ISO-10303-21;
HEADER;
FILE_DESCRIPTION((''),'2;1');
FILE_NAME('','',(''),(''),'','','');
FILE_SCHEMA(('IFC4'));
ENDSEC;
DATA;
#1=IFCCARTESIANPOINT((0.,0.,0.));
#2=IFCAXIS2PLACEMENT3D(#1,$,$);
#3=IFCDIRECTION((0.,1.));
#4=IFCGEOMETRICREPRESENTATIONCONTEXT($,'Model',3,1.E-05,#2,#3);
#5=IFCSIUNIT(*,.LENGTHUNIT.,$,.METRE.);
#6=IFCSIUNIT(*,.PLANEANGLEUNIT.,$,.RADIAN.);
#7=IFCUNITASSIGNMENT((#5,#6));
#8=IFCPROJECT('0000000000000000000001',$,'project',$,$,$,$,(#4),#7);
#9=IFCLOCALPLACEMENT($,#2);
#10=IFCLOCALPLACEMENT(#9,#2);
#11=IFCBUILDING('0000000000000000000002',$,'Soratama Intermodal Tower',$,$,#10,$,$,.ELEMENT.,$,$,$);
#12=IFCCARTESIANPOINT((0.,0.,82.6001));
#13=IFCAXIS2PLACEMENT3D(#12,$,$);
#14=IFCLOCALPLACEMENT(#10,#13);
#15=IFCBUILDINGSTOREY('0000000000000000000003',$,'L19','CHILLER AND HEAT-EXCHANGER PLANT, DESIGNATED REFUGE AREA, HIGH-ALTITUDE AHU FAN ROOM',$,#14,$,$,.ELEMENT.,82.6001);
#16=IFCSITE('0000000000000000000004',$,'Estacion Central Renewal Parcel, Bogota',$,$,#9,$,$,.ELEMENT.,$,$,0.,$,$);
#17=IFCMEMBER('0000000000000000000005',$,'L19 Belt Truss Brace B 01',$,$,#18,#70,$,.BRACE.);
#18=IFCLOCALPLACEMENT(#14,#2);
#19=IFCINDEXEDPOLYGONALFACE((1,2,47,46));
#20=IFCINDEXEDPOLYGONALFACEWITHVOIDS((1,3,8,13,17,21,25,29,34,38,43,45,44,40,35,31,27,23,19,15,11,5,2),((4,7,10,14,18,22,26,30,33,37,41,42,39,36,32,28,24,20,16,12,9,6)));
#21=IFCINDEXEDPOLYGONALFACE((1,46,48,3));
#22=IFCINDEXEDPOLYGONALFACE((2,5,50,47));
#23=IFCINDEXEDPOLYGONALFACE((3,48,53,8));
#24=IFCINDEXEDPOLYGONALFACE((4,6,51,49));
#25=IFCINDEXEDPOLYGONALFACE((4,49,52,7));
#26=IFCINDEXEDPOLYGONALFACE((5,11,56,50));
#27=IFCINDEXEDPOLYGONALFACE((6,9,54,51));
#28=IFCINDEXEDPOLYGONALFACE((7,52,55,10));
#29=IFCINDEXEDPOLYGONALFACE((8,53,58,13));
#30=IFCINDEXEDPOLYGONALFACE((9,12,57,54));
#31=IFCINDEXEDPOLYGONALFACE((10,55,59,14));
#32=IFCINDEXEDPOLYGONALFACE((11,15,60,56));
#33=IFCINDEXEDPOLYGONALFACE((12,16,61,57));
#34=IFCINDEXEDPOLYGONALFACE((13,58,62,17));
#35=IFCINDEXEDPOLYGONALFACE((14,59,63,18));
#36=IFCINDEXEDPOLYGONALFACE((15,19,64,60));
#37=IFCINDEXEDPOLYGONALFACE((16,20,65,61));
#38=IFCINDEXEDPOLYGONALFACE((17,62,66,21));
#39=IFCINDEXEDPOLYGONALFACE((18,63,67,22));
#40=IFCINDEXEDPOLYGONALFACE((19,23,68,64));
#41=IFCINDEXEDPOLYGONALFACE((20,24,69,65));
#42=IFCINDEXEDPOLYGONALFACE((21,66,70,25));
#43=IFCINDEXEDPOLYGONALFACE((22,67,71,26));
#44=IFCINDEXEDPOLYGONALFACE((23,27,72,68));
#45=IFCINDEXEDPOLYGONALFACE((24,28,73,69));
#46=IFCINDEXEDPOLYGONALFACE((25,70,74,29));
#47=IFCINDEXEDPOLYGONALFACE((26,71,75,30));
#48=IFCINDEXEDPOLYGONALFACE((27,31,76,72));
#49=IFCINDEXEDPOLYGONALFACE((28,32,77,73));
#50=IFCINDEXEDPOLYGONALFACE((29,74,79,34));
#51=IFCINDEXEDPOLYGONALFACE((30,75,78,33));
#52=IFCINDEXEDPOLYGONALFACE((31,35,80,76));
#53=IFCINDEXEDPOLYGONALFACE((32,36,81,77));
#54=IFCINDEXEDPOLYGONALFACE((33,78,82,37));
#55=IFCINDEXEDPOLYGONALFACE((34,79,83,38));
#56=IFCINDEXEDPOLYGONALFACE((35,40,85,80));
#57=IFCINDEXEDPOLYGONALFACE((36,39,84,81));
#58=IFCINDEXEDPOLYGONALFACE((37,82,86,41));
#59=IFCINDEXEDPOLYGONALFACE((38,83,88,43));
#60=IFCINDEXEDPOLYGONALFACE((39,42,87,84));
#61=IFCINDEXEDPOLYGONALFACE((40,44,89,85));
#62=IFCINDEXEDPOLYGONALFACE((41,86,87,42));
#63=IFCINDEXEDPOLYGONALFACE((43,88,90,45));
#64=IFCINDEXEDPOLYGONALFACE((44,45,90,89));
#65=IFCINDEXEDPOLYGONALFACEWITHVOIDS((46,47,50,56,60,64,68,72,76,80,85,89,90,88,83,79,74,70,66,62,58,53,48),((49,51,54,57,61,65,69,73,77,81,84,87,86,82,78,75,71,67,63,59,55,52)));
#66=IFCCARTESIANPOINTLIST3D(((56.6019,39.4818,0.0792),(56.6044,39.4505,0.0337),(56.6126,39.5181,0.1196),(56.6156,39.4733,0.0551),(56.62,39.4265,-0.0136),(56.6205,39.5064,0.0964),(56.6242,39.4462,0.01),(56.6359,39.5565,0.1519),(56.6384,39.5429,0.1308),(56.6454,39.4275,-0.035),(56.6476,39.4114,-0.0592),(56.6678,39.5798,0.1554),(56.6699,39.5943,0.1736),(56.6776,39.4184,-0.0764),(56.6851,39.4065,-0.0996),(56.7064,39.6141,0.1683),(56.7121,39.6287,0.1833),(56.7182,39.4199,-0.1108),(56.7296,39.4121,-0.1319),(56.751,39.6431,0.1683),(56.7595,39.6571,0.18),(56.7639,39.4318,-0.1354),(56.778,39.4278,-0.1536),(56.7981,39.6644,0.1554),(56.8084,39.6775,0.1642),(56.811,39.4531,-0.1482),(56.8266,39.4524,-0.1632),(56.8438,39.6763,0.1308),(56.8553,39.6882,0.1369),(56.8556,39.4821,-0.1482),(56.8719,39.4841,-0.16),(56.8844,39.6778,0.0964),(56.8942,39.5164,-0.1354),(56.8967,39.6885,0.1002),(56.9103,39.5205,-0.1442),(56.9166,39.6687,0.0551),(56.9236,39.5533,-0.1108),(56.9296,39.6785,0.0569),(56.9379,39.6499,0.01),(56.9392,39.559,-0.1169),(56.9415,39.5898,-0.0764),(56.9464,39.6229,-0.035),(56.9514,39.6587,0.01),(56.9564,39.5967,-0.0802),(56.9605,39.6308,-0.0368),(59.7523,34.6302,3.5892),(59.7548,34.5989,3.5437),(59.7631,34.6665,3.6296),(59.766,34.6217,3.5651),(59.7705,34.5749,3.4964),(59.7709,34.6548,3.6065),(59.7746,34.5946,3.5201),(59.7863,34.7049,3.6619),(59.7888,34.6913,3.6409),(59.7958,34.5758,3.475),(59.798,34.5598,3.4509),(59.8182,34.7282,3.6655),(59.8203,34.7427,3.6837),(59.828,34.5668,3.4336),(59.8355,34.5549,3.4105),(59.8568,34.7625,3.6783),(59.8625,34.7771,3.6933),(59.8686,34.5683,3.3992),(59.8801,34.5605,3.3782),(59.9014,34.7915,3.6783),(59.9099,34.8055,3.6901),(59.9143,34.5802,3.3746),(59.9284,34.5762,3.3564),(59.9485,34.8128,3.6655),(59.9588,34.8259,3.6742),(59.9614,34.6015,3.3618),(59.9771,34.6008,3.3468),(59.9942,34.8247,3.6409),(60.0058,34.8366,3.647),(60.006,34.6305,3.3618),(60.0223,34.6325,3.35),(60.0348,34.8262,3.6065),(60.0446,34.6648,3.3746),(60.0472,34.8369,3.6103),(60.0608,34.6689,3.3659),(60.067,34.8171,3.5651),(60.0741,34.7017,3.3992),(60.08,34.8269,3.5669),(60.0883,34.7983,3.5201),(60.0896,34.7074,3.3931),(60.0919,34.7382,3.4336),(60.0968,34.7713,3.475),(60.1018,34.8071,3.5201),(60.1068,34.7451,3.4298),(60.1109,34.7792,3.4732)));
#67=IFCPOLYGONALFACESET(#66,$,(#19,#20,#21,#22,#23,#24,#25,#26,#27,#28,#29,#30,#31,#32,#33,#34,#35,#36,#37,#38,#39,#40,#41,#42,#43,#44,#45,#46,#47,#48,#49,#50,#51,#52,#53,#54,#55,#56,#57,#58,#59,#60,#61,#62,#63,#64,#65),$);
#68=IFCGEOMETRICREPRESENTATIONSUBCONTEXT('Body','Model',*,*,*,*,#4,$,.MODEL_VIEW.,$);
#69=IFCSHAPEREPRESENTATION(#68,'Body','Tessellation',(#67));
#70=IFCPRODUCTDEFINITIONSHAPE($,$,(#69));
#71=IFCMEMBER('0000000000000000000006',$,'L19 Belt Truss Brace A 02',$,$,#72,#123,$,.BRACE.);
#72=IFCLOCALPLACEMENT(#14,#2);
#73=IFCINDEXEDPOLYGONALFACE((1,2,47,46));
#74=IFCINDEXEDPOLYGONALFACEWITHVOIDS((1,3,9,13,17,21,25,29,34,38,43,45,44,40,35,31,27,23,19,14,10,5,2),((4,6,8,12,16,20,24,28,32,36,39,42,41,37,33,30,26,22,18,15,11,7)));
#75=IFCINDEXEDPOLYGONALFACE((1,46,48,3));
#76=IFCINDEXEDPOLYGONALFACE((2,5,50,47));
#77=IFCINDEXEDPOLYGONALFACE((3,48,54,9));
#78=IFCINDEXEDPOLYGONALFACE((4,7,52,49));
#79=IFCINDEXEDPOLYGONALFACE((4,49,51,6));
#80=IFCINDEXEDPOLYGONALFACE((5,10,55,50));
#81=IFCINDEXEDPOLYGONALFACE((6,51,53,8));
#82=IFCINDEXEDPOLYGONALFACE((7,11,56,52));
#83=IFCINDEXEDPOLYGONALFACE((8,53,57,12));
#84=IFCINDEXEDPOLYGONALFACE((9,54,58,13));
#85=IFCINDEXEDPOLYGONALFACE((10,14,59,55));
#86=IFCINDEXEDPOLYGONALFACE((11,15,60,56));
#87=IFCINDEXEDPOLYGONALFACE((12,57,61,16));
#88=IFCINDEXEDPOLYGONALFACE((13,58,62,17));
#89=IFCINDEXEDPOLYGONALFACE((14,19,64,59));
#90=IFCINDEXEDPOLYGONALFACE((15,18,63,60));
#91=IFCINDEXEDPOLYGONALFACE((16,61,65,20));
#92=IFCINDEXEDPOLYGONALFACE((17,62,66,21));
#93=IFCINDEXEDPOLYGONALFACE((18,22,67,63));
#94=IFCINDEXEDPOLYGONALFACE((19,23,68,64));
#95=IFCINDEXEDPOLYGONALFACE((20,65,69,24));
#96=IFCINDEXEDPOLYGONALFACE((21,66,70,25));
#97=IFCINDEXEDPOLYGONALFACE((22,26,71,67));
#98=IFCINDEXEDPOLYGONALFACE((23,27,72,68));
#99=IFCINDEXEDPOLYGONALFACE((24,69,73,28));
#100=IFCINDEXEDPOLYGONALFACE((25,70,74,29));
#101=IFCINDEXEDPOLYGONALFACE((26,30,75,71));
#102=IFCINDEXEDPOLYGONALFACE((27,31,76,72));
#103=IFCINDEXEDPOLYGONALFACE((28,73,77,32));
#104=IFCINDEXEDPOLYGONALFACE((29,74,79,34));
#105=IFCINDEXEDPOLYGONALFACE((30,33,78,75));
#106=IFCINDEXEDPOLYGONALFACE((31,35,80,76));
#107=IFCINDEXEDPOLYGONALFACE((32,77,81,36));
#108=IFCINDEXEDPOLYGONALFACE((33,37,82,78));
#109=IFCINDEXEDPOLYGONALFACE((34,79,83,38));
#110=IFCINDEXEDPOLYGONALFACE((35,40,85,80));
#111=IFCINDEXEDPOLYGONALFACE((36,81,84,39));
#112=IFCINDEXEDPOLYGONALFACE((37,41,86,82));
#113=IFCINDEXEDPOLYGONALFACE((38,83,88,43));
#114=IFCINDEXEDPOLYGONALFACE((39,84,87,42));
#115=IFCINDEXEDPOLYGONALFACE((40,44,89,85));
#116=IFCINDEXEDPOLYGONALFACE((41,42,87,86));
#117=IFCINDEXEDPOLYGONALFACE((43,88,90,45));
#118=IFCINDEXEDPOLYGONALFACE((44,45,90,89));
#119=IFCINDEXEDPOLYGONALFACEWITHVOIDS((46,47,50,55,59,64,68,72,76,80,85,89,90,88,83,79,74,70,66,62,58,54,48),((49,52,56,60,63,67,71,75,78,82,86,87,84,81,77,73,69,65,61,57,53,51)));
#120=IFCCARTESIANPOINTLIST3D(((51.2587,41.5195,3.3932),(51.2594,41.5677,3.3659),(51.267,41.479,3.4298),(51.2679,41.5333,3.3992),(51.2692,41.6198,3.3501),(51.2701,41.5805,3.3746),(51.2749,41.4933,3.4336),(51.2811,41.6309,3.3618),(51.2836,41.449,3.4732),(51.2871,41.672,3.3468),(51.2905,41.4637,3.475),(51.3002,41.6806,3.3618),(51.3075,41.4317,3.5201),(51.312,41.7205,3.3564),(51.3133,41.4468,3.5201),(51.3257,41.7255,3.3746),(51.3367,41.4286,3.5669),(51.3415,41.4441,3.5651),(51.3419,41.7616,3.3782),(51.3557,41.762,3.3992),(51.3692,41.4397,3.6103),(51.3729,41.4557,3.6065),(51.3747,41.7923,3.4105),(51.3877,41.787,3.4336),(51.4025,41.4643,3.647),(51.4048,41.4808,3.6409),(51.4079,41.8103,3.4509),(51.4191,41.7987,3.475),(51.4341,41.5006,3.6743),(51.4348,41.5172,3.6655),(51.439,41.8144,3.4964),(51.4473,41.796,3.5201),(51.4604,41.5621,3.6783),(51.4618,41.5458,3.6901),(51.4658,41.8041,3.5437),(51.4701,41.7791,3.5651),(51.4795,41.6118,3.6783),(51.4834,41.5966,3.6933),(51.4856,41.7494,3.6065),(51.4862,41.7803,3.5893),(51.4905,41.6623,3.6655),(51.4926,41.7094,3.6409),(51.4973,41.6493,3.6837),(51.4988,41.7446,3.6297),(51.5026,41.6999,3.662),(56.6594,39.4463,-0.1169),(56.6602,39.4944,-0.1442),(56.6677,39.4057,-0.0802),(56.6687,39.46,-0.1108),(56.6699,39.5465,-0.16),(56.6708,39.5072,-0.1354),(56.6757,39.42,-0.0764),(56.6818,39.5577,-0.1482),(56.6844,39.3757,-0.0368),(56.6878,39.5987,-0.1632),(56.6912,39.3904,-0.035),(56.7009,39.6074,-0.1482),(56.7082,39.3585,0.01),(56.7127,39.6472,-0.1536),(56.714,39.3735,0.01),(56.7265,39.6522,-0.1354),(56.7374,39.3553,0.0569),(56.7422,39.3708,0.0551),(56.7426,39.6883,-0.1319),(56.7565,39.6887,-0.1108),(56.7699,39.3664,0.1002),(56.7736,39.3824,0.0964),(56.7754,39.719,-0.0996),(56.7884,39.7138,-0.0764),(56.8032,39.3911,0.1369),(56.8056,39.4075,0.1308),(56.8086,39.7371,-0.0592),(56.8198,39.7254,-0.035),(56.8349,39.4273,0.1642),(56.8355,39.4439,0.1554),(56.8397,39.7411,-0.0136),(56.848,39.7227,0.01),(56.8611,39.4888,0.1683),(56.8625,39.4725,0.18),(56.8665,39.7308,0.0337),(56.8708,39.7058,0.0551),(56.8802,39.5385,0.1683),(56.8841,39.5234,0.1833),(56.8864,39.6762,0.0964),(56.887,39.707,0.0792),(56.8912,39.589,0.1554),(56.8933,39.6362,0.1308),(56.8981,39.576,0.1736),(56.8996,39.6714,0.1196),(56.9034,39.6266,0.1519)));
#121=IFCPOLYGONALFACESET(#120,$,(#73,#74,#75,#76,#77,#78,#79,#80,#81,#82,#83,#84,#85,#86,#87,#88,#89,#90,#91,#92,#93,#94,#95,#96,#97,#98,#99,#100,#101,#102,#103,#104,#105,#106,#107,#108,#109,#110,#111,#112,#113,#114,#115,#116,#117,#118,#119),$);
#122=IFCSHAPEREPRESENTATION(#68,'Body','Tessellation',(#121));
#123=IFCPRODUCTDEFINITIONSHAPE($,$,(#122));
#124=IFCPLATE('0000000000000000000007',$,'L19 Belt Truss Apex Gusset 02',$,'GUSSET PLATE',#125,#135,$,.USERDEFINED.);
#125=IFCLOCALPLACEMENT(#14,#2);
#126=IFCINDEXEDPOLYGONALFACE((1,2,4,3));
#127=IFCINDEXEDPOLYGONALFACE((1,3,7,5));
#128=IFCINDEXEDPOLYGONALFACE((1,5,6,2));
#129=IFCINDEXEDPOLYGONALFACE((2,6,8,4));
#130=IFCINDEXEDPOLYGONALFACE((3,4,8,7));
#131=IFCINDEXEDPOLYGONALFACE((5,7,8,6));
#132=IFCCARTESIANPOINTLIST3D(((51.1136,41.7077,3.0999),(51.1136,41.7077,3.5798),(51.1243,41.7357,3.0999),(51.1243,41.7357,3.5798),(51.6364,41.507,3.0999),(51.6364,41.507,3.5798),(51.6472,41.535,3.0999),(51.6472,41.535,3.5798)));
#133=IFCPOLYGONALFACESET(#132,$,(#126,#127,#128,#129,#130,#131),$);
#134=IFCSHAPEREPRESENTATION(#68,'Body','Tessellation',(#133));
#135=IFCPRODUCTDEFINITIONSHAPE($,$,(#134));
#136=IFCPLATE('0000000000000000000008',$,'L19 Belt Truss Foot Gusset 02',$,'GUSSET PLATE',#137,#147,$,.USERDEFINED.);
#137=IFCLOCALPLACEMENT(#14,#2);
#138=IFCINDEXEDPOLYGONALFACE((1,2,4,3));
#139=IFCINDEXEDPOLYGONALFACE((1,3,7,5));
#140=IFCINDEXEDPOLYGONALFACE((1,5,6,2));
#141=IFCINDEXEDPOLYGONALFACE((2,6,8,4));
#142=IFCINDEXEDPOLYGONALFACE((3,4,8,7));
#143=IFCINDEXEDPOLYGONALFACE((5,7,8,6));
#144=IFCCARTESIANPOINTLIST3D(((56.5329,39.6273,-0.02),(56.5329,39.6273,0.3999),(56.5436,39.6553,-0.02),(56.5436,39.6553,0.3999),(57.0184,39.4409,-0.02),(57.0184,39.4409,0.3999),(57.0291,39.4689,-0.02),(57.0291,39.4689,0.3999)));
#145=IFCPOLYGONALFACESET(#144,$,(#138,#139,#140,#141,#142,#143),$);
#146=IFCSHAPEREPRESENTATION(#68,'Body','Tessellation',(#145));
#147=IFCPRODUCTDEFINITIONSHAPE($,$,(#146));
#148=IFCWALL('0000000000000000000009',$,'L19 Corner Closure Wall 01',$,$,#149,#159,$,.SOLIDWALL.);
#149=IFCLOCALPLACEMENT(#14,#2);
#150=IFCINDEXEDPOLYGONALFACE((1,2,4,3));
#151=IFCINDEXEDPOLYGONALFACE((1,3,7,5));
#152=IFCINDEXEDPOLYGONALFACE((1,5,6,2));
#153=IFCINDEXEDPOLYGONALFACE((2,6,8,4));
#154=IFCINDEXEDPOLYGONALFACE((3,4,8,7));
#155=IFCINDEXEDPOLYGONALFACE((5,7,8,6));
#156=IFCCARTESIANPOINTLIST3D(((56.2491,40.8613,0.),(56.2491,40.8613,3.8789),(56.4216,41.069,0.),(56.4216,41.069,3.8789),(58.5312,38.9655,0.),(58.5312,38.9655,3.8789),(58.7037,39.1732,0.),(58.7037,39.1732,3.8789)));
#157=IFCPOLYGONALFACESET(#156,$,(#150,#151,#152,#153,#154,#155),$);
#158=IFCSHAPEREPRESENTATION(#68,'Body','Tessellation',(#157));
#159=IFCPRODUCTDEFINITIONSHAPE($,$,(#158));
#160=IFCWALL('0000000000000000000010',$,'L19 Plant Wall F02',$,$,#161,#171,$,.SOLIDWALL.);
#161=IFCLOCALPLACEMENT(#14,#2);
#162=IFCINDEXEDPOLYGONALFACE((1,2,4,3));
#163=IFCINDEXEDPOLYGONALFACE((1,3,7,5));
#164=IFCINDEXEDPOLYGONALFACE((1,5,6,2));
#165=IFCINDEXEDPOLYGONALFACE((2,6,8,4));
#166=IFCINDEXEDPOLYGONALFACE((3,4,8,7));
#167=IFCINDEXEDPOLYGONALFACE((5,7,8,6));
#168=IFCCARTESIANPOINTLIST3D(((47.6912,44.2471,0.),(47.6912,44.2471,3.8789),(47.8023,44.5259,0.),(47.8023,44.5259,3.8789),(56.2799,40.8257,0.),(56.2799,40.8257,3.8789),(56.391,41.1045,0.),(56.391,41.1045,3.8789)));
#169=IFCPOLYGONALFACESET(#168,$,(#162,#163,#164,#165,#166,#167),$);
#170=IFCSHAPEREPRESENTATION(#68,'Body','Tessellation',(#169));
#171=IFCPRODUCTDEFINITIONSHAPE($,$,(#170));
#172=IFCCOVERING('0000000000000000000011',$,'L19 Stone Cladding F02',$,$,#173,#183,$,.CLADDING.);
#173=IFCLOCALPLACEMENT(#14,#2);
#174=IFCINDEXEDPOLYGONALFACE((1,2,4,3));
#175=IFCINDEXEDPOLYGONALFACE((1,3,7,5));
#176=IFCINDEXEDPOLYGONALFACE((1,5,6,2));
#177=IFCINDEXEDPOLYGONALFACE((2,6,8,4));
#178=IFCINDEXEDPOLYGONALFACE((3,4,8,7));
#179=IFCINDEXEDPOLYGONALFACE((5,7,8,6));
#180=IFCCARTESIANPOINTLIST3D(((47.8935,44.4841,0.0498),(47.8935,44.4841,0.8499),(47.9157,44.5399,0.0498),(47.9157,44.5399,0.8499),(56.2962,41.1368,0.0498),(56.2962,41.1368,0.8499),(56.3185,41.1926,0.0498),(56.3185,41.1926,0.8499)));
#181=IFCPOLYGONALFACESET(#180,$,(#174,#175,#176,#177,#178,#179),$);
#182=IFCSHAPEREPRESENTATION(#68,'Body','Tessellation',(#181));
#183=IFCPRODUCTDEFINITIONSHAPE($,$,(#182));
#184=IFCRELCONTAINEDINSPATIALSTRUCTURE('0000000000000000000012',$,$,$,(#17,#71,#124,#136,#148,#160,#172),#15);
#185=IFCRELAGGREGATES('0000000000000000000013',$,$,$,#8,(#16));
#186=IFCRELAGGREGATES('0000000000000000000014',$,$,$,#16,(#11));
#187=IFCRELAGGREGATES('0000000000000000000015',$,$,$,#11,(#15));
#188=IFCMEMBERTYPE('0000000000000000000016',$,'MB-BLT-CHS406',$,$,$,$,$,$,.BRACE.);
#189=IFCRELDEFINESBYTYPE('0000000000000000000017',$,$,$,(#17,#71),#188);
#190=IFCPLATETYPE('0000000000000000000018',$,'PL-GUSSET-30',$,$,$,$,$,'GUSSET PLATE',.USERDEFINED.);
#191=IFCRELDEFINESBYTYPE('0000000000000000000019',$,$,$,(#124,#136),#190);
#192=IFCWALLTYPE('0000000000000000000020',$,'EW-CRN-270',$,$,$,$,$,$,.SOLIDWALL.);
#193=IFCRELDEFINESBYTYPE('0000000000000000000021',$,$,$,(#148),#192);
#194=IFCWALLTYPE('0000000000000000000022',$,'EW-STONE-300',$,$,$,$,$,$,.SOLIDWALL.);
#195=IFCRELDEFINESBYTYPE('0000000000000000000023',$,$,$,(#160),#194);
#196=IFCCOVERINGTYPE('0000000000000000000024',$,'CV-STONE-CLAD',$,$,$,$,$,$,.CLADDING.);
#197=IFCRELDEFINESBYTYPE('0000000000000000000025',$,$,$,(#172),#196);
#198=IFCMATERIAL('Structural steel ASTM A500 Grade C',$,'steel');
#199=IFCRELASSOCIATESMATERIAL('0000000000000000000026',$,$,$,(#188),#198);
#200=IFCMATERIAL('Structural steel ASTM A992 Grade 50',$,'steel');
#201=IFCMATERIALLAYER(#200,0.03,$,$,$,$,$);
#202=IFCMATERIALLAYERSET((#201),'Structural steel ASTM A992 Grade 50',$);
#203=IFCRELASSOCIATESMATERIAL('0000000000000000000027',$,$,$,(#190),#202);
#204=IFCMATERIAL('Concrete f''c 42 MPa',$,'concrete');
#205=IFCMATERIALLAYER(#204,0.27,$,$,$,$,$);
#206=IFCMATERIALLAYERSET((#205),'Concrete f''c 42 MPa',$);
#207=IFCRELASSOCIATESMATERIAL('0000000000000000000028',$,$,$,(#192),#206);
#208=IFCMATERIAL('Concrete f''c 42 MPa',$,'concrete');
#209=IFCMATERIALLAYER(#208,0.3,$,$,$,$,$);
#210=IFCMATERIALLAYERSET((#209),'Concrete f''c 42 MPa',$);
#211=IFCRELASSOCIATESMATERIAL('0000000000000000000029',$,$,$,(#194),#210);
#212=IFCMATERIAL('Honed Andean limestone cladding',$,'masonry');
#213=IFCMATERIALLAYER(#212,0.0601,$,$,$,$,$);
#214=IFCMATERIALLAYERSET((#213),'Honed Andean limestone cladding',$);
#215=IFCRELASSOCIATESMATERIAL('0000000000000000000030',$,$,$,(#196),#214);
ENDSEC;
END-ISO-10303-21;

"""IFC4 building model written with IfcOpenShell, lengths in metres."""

from ifc_helpers import new_model, si_unit, direction, frame, frame_2d, origin, origin_2d, place, context, subcontext, project, spatial, rectangle, hollow_circle, extrude, material, layer, layer_set, material_profile, profile_set, type_object, element, save


model = new_model("IFC4")

# Units and contexts
model_context = context("Model", 3, precision=1e-05, world=origin(), true_north=direction((0.0, 1.0)))
body_context = subcontext(model_context, "Body", "Model", "MODEL_VIEW")
ifc_project = project(units=[si_unit("LENGTHUNIT", "METRE"), si_unit("PLANEANGLEUNIT", "RADIAN")], contexts=[model_context])

# Site, building, storey
site_placement = place(None, origin())
site = spatial("IfcSite", under=ifc_project, at=site_placement, Name="Estacion Central Renewal Parcel, Bogota", CompositionType="ELEMENT", RefElevation=0.0)
building_placement = place(site_placement, origin())
building = spatial("IfcBuilding", under=site, at=building_placement, Name="Soratama Intermodal Tower", CompositionType="ELEMENT")
storey_placement = place(building_placement, frame((0.0, 0.0, 82.6001)))
storey = spatial("IfcBuildingStorey", under=building, at=storey_placement, Name="L19", Description="CHILLER AND HEAT-EXCHANGER PLANT, DESIGNATED REFUGE AREA, HIGH-ALTITUDE AHU FAN ROOM", CompositionType="ELEMENT", Elevation=82.6001)

# Members
ifc_material_1 = material(Name="Structural steel ASTM A500 Grade C", Category="steel")
ifc_material_profile_1 = material_profile(ifc_material_1, hollow_circle(Radius=0.2031, WallThickness=0.0161, at=origin_2d()), Name="CHS406X16")
ifc_profile_set_1 = profile_set([ifc_material_profile_1], Name="Structural steel ASTM A500 Grade C")
member_type = type_object("IfcMemberType", Name="MB-BLT-CHS406", PredefinedType="BRACE", material=ifc_profile_set_1)
member_1_placement = place(storey_placement, frame((56.781, 39.5481, 0.01), z_axis=(0.4656, -0.717019, 0.518749), x_axis=(0.83869, 0.544609, 0.0)))
element("IfcMember", 1, at=member_1_placement, inside=storey, type_object=member_type, Name="L19 Belt Truss Brace B 01", PredefinedType="BRACE", context=body_context, shape_type="SweptSolid", body=[
    extrude(hollow_circle(Radius=0.2031, WallThickness=0.0161, at=origin_2d()), origin(), (0.0, 0.0, 1.0), 6.7664),
])
member_2_placement = place(storey_placement, frame((56.781, 39.5481, 0.01), z_axis=(-0.798144, 0.306399, 0.518734), x_axis=(-0.358388, -0.933573, 0.0)))
element("IfcMember", 2, at=member_2_placement, inside=storey, type_object=member_type, Name="L19 Belt Truss Brace A 02", PredefinedType="BRACE", context=body_context, shape_type="SweptSolid", body=[
    extrude(hollow_circle(Radius=0.2031, WallThickness=0.0161, at=origin_2d()), origin(), (0.0, 0.0, 1.0), 6.7666),
])

# Plates
ifc_material_2 = material(Name="Structural steel ASTM A992 Grade 50", Category="steel")
ifc_layer_1 = layer(ifc_material_2, 0.03)
ifc_layer_set_1 = layer_set([ifc_layer_1], Name="Structural steel ASTM A992 Grade 50")
plate_type = type_object("IfcPlateType", Name="PL-GUSSET-30", ElementType="GUSSET PLATE", PredefinedType="USERDEFINED", material=ifc_layer_set_1)
plate_1_placement = place(storey_placement, frame((51.3804, 41.6213, 3.0999), z_axis=(0.0, 0.0, 1.0), x_axis=(-0.93358, 0.358368, 0.0)))
element("IfcPlate", 3, at=plate_1_placement, inside=storey, type_object=plate_type, Name="L19 Belt Truss Apex Gusset 02", ObjectType="GUSSET PLATE", PredefinedType="USERDEFINED", context=body_context, shape_type="SweptSolid", body=[
    extrude(rectangle(XDim=0.5601, YDim=0.03, at=origin_2d()), origin(), (0.0, 0.0, 1.0), 0.48),
])
plate_2_placement = place(storey_placement, frame((56.781, 39.5481, -0.02), z_axis=(0.0, 0.0, 1.0), x_axis=(-0.93358, 0.358368, 0.0)))
element("IfcPlate", 4, at=plate_2_placement, inside=storey, type_object=plate_type, Name="L19 Belt Truss Foot Gusset 02", ObjectType="GUSSET PLATE", PredefinedType="USERDEFINED", context=body_context, shape_type="SweptSolid", body=[
    extrude(rectangle(XDim=0.52, YDim=0.03, at=origin_2d()), origin(), (0.0, 0.0, 1.0), 0.4199),
])

# Walls
ifc_material_3 = material(Name="Concrete f'c 42 MPa", Category="concrete")
ifc_layer_2 = layer(ifc_material_3, 0.27)
ifc_layer_set_2 = layer_set([ifc_layer_2], Name="Concrete f'c 42 MPa")
wall_type_1 = type_object("IfcWallType", Name="EW-CRN-270", PredefinedType="SOLIDWALL", material=ifc_layer_set_2)
wall_1_placement = place(storey_placement, frame((58.6174, 39.0693, 0.0), z_axis=(0.0, 0.0, 1.0), x_axis=(-0.769198, 0.63901, 0.0)))
element("IfcWall", 5, at=wall_1_placement, inside=storey, type_object=wall_type_1, Name="L19 Corner Closure Wall 01", PredefinedType="SOLIDWALL", context=body_context, shape_type="SweptSolid", body=[
    extrude(rectangle(XDim=2.9668, YDim=0.27, at=frame_2d((1.4834, 0.0))), origin(), (0.0, 0.0, 1.0), 3.8789),
])
ifc_material_4 = material(Name="Concrete f'c 42 MPa", Category="concrete")
ifc_layer_3 = layer(ifc_material_4, 0.3)
ifc_layer_set_3 = layer_set([ifc_layer_3], Name="Concrete f'c 42 MPa")
wall_type_2 = type_object("IfcWallType", Name="EW-STONE-300", PredefinedType="SOLIDWALL", material=ifc_layer_set_3)
wall_2_placement = place(storey_placement, frame((56.3354, 40.9651, 0.0), z_axis=(0.0, 0.0, 1.0), x_axis=(-0.929, 0.370079, 0.0)))
element("IfcWall", 6, at=wall_2_placement, inside=storey, type_object=wall_type_2, Name="L19 Plant Wall F02", PredefinedType="SOLIDWALL", context=body_context, shape_type="SweptSolid", body=[
    extrude(rectangle(XDim=9.2451, YDim=0.3, at=frame_2d((4.6226, 0.0))), origin(), (0.0, 0.0, 1.0), 3.8789),
])

# Covering
ifc_material_5 = material(Name="Honed Andean limestone cladding", Category="masonry")
ifc_layer_4 = layer(ifc_material_5, 0.0601)
ifc_layer_set_4 = layer_set([ifc_layer_4], Name="Honed Andean limestone cladding")
covering_type = type_object("IfcCoveringType", Name="CV-STONE-CLAD", PredefinedType="CLADDING", material=ifc_layer_set_4)
covering_placement = place(storey_placement, frame((52.106, 42.8384, 0.0498), z_axis=(0.0, 0.0, 1.0), x_axis=(-0.929003, 0.370071, 0.0)))
element("IfcCovering", 7, at=covering_placement, inside=storey, type_object=covering_type, Name="L19 Stone Cladding F02", PredefinedType="CLADDING", context=body_context, shape_type="SweptSolid", body=[
    extrude(rectangle(XDim=9.0449, YDim=0.0601, at=origin_2d()), origin(), (0.0, 0.0, 1.0), 0.8),
])

save(model, "model.ifc")
